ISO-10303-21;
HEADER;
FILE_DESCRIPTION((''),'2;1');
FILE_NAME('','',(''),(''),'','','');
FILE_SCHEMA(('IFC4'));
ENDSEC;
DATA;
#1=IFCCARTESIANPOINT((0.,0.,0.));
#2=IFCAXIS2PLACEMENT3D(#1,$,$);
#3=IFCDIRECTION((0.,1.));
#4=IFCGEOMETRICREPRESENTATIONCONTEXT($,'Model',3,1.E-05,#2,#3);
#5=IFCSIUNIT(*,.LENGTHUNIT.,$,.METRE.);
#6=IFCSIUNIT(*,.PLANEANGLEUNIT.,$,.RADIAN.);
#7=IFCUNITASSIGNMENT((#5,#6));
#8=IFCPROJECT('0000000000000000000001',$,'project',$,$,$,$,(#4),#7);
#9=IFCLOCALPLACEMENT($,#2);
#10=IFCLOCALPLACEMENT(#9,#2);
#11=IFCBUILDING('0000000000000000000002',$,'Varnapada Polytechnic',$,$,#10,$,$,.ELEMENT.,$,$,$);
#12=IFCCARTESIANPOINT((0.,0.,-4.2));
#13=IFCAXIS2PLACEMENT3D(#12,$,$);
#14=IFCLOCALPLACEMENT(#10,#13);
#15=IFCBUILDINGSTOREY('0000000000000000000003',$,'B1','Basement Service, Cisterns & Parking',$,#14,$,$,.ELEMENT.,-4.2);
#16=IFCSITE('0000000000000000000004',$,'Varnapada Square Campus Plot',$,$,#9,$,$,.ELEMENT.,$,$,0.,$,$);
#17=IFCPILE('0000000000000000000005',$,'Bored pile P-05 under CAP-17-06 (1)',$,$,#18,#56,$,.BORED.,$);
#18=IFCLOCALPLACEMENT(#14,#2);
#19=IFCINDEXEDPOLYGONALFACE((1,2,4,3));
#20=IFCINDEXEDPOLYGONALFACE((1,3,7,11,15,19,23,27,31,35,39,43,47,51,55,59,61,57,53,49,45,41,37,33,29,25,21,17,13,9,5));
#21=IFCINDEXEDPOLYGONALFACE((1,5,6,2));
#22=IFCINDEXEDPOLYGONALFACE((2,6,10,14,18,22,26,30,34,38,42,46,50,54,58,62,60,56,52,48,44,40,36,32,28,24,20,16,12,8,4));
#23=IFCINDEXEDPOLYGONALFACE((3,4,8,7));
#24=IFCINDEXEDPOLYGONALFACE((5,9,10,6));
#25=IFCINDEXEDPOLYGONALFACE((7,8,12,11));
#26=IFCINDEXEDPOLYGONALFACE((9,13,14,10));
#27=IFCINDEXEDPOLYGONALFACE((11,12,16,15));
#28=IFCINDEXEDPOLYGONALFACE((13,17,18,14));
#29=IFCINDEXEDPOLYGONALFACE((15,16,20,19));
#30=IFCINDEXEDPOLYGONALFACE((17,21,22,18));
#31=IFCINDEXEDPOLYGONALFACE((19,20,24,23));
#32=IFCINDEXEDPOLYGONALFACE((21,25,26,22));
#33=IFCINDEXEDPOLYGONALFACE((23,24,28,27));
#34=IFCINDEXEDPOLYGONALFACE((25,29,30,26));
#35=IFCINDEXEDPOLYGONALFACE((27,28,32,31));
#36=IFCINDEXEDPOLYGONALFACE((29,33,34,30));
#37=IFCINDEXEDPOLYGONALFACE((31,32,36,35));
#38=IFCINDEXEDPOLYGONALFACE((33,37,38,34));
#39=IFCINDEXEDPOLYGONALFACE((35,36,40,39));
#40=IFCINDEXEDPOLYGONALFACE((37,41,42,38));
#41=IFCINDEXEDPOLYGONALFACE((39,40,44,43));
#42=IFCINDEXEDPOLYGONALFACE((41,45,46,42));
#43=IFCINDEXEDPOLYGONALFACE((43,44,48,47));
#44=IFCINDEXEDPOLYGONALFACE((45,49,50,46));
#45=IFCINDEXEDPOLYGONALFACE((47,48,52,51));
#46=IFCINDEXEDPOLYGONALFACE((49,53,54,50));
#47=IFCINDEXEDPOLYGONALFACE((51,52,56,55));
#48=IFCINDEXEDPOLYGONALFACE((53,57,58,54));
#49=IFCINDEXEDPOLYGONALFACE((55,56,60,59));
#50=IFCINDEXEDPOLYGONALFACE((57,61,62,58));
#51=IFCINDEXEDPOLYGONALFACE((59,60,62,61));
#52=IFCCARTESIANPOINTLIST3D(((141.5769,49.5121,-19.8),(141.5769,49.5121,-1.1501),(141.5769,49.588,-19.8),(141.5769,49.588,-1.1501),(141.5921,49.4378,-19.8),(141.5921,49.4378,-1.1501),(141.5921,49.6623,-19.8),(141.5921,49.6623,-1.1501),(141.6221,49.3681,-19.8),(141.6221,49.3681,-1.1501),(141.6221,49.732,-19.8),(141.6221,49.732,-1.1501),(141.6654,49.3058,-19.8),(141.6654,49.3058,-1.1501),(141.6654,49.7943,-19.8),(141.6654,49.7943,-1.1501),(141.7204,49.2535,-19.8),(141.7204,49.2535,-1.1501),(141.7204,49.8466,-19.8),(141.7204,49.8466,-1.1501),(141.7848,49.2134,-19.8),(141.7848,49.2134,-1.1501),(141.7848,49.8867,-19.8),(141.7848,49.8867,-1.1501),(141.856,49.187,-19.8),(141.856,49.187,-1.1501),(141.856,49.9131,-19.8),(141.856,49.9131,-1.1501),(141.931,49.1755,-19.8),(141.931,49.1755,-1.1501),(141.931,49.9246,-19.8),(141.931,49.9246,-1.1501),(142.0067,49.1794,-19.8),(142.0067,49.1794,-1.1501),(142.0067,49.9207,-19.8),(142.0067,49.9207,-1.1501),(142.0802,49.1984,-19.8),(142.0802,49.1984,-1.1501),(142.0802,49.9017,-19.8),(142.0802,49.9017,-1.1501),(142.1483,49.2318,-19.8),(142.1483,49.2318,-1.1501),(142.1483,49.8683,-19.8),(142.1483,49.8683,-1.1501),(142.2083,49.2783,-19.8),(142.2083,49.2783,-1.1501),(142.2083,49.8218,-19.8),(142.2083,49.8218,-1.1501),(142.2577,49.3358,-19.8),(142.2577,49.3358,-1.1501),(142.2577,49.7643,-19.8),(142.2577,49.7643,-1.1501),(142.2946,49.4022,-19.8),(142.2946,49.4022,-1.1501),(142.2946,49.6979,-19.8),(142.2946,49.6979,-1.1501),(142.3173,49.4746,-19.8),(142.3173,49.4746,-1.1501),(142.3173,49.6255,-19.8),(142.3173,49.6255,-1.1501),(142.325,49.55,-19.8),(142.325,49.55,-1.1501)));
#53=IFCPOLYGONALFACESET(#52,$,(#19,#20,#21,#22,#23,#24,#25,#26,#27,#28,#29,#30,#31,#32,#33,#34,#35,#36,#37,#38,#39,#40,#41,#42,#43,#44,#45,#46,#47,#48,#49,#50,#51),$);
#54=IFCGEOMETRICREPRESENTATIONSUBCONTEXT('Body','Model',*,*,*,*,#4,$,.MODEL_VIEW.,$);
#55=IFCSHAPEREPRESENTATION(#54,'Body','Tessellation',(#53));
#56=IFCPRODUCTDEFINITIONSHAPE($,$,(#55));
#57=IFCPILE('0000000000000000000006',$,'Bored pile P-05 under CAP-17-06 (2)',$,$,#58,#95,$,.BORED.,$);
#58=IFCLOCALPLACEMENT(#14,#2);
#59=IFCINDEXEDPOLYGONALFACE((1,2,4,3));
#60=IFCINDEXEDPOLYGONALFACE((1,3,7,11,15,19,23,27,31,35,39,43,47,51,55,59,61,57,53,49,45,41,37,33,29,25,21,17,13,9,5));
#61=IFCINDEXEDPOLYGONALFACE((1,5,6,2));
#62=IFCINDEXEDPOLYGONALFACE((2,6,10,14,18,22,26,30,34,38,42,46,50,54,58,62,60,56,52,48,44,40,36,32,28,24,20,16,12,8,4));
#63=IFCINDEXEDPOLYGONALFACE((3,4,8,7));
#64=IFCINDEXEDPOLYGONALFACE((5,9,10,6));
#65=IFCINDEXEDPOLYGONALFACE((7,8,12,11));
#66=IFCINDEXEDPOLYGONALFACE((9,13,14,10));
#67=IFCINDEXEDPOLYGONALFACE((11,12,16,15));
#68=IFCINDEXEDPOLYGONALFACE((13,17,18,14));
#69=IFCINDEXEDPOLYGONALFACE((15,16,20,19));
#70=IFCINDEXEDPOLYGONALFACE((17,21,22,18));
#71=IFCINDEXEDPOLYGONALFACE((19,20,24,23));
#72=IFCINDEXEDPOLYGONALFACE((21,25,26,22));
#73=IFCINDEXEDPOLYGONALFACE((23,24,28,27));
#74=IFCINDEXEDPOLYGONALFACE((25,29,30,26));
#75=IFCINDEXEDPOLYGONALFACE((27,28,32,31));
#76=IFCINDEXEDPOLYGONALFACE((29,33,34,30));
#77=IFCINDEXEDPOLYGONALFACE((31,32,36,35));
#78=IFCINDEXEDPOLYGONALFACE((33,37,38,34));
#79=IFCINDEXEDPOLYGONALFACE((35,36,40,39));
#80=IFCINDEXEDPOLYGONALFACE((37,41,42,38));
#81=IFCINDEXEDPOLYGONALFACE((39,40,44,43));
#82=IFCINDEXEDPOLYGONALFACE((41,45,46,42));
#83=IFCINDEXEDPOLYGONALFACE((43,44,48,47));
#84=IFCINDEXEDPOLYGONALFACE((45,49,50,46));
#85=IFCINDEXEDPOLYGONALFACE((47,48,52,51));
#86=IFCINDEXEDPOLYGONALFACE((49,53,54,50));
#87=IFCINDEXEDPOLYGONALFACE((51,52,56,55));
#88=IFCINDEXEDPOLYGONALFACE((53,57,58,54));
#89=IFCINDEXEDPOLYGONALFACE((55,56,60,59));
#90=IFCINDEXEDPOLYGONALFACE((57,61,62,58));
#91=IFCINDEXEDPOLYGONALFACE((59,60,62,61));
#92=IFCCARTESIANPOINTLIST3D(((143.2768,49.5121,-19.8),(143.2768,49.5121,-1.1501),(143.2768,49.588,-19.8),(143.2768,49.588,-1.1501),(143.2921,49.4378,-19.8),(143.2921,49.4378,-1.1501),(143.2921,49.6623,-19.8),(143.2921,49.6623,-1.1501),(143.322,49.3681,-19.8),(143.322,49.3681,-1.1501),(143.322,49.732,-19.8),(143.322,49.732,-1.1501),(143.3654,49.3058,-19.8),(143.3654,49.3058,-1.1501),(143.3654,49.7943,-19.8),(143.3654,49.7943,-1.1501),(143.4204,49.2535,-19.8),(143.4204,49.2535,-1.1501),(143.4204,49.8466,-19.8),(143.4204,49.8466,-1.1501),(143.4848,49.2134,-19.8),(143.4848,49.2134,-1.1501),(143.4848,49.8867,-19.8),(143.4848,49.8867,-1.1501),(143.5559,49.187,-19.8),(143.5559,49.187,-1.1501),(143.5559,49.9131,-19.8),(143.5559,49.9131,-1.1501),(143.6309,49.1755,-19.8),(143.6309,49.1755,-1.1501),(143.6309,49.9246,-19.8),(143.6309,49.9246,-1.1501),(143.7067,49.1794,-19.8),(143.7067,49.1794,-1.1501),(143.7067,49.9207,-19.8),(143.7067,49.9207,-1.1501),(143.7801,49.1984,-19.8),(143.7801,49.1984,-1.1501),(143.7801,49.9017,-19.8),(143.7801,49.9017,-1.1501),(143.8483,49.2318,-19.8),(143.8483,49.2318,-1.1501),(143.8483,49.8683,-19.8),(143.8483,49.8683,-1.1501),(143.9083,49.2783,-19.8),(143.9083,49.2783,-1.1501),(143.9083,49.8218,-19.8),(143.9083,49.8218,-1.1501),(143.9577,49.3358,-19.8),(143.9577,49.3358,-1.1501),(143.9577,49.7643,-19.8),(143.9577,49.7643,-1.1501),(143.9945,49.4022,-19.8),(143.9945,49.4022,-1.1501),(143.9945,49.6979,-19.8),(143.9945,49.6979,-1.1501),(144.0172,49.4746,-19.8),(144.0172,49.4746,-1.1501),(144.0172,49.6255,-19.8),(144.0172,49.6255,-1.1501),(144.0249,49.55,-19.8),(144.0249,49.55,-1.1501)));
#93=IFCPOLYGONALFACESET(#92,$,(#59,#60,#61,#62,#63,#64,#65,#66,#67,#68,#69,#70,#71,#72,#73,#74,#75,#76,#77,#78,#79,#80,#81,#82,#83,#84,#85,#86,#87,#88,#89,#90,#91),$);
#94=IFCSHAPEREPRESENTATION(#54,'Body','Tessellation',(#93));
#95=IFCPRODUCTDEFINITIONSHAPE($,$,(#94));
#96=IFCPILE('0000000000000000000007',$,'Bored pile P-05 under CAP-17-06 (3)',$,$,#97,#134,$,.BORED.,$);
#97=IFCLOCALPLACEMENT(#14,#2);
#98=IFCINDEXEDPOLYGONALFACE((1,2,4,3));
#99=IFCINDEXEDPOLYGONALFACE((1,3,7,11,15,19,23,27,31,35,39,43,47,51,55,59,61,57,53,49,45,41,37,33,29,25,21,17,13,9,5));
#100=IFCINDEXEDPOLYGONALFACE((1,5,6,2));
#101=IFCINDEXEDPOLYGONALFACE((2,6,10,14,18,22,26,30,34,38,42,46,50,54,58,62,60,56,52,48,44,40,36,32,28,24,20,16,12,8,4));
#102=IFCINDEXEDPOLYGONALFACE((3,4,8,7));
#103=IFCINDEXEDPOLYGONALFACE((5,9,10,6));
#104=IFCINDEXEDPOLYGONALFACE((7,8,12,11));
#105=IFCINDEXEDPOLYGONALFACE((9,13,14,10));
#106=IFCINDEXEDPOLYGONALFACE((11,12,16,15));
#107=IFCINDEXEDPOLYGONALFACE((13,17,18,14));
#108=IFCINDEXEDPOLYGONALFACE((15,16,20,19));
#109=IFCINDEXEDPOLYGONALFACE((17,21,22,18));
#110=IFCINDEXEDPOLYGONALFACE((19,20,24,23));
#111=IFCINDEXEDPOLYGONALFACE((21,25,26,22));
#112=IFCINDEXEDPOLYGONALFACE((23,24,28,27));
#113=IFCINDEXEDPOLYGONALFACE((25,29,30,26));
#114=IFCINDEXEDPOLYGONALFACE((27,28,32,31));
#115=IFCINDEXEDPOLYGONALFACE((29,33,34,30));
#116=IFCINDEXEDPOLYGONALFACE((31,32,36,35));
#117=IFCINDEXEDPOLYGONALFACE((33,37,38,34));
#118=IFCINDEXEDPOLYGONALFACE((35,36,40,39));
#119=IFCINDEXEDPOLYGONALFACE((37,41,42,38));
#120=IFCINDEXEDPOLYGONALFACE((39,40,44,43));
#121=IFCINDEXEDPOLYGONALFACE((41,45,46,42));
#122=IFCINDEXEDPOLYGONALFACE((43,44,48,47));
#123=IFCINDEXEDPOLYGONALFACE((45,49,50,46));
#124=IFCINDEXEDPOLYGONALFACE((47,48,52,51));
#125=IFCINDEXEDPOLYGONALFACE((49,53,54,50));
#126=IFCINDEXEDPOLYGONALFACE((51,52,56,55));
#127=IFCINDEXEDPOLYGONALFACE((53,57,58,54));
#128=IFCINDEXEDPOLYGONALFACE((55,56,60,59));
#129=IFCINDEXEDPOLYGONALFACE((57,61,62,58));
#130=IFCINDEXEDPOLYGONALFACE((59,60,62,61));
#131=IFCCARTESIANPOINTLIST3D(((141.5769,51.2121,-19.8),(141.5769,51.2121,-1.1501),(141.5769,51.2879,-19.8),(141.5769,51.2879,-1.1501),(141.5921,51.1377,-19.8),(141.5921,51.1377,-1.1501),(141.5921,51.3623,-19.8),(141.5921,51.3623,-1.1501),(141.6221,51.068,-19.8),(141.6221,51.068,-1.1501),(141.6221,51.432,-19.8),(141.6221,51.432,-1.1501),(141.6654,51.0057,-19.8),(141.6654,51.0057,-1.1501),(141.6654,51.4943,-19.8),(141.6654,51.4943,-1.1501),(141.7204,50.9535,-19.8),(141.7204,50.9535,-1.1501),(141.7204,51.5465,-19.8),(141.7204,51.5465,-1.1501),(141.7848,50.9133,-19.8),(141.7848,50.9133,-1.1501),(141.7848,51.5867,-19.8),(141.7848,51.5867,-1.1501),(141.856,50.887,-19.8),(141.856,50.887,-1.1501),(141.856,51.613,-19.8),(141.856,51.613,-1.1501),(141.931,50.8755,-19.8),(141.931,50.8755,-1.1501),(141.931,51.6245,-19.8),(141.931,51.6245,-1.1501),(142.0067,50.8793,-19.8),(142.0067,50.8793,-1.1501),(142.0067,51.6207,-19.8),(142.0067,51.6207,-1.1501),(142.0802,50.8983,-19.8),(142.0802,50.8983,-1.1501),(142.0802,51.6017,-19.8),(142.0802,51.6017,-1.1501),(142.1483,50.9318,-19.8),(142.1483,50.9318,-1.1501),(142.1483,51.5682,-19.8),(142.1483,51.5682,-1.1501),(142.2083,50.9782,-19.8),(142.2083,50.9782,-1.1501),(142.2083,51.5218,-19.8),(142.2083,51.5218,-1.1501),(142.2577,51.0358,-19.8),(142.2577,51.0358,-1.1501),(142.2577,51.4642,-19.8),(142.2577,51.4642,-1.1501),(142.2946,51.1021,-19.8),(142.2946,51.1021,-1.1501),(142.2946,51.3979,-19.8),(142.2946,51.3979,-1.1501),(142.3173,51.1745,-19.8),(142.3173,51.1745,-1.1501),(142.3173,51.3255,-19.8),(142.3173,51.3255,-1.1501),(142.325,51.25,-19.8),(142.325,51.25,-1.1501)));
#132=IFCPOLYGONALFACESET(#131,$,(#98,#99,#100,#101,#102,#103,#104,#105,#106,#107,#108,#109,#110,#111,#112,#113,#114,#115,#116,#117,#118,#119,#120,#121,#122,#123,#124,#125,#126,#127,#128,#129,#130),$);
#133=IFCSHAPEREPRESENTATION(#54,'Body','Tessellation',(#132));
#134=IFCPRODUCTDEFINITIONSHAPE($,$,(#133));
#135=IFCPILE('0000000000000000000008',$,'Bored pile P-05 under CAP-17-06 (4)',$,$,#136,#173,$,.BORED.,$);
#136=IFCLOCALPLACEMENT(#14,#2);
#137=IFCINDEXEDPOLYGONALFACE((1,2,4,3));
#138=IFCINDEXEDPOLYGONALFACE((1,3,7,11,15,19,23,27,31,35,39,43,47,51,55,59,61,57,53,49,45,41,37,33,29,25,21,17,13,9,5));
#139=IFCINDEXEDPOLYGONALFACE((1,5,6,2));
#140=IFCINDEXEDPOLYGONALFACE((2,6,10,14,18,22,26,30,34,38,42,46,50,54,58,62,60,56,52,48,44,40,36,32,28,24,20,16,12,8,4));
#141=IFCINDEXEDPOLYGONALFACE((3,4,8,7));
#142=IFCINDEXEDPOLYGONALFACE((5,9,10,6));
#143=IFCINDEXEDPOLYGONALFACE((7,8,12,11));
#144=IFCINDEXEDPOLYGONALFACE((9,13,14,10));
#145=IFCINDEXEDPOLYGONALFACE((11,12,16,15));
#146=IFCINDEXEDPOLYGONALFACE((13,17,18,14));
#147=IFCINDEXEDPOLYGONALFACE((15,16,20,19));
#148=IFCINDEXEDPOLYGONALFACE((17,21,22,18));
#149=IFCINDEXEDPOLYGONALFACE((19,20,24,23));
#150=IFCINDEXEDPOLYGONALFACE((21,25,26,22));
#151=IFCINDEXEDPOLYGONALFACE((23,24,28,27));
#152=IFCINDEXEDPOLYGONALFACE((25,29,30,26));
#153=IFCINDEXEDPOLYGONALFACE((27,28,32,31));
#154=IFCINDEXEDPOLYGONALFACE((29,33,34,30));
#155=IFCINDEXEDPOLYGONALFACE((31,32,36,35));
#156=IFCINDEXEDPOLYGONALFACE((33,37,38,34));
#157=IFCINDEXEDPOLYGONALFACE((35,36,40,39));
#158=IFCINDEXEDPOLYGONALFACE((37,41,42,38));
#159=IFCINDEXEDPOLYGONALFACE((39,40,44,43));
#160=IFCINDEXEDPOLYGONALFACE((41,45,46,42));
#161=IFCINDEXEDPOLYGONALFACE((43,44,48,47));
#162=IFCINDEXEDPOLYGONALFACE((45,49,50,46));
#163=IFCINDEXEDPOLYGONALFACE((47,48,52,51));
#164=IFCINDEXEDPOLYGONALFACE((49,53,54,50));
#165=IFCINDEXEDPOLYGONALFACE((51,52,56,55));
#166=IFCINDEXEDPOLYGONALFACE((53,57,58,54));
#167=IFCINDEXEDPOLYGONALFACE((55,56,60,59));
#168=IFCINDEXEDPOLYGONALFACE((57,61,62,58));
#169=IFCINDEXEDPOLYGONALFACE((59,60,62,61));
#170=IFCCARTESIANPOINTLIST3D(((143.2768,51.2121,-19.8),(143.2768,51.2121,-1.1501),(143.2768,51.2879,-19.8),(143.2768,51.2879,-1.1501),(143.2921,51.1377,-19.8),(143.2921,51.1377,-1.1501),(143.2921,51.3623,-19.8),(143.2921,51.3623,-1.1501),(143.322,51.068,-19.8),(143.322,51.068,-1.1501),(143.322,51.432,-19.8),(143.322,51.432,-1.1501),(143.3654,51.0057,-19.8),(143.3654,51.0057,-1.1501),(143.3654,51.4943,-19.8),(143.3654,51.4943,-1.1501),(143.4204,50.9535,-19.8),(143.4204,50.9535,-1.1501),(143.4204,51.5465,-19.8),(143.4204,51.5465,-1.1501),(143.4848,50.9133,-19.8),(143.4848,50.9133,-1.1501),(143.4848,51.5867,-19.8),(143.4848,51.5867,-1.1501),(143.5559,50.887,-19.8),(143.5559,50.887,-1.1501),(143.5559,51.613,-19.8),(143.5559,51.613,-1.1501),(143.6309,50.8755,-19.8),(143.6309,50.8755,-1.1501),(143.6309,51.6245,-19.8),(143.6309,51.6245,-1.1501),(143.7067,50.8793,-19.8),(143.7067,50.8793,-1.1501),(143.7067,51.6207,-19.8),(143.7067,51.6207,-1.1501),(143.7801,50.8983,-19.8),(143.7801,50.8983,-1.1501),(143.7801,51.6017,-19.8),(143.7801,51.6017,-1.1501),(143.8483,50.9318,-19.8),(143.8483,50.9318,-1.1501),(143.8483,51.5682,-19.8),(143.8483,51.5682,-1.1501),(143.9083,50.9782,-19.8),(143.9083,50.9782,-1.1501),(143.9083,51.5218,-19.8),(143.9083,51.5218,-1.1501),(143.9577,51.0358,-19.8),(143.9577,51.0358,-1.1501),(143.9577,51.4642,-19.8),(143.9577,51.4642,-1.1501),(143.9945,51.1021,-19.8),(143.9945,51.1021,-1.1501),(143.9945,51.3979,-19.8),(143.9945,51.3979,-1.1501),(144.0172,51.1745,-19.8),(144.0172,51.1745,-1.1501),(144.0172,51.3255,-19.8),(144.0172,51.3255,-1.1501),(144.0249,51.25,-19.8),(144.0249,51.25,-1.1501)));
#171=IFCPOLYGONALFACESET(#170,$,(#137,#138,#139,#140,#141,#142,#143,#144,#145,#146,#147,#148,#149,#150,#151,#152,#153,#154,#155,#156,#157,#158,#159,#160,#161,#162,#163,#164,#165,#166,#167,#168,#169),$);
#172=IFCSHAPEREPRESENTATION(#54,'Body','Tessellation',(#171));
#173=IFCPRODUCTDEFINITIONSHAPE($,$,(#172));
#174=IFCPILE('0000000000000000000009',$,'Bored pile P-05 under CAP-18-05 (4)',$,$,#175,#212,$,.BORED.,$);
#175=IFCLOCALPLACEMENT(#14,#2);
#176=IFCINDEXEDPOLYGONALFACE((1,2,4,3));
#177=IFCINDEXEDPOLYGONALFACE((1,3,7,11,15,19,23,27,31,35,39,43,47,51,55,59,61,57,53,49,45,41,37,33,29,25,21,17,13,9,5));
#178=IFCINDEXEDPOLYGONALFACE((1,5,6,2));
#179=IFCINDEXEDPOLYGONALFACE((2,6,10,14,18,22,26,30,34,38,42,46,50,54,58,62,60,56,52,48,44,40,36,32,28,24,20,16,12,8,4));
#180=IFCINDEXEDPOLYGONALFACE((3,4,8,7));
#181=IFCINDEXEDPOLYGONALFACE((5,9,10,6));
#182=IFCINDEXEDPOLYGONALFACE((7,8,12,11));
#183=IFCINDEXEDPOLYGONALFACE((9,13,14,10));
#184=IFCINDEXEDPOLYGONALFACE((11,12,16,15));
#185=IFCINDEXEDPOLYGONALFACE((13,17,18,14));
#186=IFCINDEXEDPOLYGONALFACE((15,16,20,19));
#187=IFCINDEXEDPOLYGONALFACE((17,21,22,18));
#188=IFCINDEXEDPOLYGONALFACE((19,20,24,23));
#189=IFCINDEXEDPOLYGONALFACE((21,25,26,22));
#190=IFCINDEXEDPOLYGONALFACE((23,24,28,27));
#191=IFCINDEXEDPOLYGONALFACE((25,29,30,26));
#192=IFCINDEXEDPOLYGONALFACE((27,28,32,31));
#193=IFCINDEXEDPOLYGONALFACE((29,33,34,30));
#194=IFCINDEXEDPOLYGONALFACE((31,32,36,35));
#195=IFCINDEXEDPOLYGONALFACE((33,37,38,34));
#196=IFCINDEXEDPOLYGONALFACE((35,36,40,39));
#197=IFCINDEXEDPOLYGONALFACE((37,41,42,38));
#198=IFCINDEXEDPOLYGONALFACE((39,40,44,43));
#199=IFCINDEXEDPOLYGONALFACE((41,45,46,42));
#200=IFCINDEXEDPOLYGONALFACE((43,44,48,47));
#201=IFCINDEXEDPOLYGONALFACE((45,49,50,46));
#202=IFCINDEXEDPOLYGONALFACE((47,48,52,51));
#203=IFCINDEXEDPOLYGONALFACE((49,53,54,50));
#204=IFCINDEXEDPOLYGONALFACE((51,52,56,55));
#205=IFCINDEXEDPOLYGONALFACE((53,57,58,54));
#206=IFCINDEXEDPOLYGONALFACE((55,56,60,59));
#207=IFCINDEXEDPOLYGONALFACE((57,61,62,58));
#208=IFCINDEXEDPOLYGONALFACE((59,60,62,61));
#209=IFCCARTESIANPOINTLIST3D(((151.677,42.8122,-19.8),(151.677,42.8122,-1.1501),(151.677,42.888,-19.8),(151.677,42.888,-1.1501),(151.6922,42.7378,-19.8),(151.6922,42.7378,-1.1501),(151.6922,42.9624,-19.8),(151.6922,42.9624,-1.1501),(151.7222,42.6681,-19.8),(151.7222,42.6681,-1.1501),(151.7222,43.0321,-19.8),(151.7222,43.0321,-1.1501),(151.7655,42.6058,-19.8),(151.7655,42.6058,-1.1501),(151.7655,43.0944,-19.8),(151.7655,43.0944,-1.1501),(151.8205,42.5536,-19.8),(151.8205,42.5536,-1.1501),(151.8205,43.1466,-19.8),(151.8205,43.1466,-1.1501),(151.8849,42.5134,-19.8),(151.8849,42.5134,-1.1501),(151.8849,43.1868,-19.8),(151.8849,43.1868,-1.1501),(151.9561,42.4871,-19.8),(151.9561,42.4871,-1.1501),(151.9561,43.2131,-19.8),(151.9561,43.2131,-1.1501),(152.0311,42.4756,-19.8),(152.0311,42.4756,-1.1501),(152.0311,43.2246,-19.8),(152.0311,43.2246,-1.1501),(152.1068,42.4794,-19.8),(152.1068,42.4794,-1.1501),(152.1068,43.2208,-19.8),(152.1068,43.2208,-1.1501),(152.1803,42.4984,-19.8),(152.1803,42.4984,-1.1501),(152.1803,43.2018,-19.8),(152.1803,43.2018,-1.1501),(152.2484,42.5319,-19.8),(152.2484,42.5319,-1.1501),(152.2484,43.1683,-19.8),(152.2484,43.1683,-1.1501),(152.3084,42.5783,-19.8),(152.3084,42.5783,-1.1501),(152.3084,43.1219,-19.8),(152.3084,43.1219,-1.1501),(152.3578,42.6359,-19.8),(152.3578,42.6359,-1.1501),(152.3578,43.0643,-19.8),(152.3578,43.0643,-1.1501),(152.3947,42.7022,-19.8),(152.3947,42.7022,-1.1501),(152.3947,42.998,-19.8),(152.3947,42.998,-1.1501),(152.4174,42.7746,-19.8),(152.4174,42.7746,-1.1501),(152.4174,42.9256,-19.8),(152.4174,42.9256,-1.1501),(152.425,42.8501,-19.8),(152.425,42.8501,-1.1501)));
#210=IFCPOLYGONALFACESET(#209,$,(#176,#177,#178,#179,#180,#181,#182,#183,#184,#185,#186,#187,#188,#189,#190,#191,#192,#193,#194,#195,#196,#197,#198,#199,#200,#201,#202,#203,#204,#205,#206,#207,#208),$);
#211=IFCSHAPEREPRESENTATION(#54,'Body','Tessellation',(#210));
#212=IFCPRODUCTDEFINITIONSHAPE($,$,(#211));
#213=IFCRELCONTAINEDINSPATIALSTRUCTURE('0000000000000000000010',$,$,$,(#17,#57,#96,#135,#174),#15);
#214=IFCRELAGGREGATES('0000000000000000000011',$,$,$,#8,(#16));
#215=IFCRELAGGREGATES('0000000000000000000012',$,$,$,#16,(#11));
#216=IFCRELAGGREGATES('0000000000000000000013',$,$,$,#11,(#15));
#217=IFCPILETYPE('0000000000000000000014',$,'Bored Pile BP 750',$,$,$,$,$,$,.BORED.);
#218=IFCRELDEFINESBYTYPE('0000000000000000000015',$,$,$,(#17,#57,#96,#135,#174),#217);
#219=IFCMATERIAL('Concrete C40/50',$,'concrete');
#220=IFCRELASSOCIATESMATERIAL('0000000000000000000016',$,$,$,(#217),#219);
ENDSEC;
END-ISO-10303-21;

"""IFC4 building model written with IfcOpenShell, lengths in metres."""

from ifc_helpers import new_model, si_unit, direction, frame, origin, origin_2d, place, context, subcontext, project, spatial, circle, extrude, material, material_profile, profile_set, type_object, element, save


model = new_model("IFC4")

# Units and contexts
model_context = context("Model", 3, precision=1e-05, world=origin(), true_north=direction((0.0, 1.0)))
body_context = subcontext(model_context, "Body", "Model", "MODEL_VIEW")
ifc_project = project(units=[si_unit("LENGTHUNIT", "METRE"), si_unit("PLANEANGLEUNIT", "RADIAN")], contexts=[model_context])

# Site, building, storey
site_placement = place(None, origin())
site = spatial("IfcSite", under=ifc_project, at=site_placement, Name="Varnapada Square Campus Plot", CompositionType="ELEMENT", RefElevation=0.0)
building_placement = place(site_placement, origin())
building = spatial("IfcBuilding", under=site, at=building_placement, Name="Varnapada Polytechnic", CompositionType="ELEMENT")
storey_placement = place(building_placement, frame((0.0, 0.0, -4.2)))
storey = spatial("IfcBuildingStorey", under=building, at=storey_placement, Name="B1", Description="Basement Service, Cisterns & Parking", CompositionType="ELEMENT", Elevation=-4.2)

# Piles
ifc_material_1 = material(Name="Concrete C40/50", Category="concrete")
ifc_material_profile_1 = material_profile(ifc_material_1, circle(Radius=0.375, at=origin_2d()), Name="BP 750")
ifc_profile_set_1 = profile_set([ifc_material_profile_1], Name="Concrete C40/50")
pile_type = type_object("IfcPileType", Name="Bored Pile BP 750", PredefinedType="BORED", material=ifc_profile_set_1)
for number, where, z_axis, x_axis, name in (
    (1, (141.95, 49.55, -1.1501), (0.0, 0.0, -1.0), (1.0, 0.0, 0.0), "Bored pile P-05 under CAP-17-06 (1)"),
    (2, (143.6499, 49.55, -1.1501), (0.0, 0.0, -1.0), (1.0, 0.0, 0.0), "Bored pile P-05 under CAP-17-06 (2)"),
    (3, (141.95, 51.25, -1.1501), (0.0, 0.0, -1.0), (1.0, 0.0, 0.0), "Bored pile P-05 under CAP-17-06 (3)"),
    (4, (143.6499, 51.25, -1.1501), (0.0, 0.0, -1.0), (1.0, 0.0, 0.0), "Bored pile P-05 under CAP-17-06 (4)"),
    (5, (152.05, 42.8501, -1.1501), (0.0, 0.0, -1.0), (1.0, 0.0, 0.0), "Bored pile P-05 under CAP-18-05 (4)"),
):
    element("IfcPile", number, at=place(storey_placement, frame(where, z_axis=z_axis, x_axis=x_axis)), inside=storey, type_object=pile_type, Name=name, PredefinedType="BORED", context=body_context, shape_type="SweptSolid", body=[
        extrude(circle(Radius=0.375, at=origin_2d()), origin(), (0.0, 0.0, 1.0), 18.6499),
    ])

save(model, "model.ifc")
